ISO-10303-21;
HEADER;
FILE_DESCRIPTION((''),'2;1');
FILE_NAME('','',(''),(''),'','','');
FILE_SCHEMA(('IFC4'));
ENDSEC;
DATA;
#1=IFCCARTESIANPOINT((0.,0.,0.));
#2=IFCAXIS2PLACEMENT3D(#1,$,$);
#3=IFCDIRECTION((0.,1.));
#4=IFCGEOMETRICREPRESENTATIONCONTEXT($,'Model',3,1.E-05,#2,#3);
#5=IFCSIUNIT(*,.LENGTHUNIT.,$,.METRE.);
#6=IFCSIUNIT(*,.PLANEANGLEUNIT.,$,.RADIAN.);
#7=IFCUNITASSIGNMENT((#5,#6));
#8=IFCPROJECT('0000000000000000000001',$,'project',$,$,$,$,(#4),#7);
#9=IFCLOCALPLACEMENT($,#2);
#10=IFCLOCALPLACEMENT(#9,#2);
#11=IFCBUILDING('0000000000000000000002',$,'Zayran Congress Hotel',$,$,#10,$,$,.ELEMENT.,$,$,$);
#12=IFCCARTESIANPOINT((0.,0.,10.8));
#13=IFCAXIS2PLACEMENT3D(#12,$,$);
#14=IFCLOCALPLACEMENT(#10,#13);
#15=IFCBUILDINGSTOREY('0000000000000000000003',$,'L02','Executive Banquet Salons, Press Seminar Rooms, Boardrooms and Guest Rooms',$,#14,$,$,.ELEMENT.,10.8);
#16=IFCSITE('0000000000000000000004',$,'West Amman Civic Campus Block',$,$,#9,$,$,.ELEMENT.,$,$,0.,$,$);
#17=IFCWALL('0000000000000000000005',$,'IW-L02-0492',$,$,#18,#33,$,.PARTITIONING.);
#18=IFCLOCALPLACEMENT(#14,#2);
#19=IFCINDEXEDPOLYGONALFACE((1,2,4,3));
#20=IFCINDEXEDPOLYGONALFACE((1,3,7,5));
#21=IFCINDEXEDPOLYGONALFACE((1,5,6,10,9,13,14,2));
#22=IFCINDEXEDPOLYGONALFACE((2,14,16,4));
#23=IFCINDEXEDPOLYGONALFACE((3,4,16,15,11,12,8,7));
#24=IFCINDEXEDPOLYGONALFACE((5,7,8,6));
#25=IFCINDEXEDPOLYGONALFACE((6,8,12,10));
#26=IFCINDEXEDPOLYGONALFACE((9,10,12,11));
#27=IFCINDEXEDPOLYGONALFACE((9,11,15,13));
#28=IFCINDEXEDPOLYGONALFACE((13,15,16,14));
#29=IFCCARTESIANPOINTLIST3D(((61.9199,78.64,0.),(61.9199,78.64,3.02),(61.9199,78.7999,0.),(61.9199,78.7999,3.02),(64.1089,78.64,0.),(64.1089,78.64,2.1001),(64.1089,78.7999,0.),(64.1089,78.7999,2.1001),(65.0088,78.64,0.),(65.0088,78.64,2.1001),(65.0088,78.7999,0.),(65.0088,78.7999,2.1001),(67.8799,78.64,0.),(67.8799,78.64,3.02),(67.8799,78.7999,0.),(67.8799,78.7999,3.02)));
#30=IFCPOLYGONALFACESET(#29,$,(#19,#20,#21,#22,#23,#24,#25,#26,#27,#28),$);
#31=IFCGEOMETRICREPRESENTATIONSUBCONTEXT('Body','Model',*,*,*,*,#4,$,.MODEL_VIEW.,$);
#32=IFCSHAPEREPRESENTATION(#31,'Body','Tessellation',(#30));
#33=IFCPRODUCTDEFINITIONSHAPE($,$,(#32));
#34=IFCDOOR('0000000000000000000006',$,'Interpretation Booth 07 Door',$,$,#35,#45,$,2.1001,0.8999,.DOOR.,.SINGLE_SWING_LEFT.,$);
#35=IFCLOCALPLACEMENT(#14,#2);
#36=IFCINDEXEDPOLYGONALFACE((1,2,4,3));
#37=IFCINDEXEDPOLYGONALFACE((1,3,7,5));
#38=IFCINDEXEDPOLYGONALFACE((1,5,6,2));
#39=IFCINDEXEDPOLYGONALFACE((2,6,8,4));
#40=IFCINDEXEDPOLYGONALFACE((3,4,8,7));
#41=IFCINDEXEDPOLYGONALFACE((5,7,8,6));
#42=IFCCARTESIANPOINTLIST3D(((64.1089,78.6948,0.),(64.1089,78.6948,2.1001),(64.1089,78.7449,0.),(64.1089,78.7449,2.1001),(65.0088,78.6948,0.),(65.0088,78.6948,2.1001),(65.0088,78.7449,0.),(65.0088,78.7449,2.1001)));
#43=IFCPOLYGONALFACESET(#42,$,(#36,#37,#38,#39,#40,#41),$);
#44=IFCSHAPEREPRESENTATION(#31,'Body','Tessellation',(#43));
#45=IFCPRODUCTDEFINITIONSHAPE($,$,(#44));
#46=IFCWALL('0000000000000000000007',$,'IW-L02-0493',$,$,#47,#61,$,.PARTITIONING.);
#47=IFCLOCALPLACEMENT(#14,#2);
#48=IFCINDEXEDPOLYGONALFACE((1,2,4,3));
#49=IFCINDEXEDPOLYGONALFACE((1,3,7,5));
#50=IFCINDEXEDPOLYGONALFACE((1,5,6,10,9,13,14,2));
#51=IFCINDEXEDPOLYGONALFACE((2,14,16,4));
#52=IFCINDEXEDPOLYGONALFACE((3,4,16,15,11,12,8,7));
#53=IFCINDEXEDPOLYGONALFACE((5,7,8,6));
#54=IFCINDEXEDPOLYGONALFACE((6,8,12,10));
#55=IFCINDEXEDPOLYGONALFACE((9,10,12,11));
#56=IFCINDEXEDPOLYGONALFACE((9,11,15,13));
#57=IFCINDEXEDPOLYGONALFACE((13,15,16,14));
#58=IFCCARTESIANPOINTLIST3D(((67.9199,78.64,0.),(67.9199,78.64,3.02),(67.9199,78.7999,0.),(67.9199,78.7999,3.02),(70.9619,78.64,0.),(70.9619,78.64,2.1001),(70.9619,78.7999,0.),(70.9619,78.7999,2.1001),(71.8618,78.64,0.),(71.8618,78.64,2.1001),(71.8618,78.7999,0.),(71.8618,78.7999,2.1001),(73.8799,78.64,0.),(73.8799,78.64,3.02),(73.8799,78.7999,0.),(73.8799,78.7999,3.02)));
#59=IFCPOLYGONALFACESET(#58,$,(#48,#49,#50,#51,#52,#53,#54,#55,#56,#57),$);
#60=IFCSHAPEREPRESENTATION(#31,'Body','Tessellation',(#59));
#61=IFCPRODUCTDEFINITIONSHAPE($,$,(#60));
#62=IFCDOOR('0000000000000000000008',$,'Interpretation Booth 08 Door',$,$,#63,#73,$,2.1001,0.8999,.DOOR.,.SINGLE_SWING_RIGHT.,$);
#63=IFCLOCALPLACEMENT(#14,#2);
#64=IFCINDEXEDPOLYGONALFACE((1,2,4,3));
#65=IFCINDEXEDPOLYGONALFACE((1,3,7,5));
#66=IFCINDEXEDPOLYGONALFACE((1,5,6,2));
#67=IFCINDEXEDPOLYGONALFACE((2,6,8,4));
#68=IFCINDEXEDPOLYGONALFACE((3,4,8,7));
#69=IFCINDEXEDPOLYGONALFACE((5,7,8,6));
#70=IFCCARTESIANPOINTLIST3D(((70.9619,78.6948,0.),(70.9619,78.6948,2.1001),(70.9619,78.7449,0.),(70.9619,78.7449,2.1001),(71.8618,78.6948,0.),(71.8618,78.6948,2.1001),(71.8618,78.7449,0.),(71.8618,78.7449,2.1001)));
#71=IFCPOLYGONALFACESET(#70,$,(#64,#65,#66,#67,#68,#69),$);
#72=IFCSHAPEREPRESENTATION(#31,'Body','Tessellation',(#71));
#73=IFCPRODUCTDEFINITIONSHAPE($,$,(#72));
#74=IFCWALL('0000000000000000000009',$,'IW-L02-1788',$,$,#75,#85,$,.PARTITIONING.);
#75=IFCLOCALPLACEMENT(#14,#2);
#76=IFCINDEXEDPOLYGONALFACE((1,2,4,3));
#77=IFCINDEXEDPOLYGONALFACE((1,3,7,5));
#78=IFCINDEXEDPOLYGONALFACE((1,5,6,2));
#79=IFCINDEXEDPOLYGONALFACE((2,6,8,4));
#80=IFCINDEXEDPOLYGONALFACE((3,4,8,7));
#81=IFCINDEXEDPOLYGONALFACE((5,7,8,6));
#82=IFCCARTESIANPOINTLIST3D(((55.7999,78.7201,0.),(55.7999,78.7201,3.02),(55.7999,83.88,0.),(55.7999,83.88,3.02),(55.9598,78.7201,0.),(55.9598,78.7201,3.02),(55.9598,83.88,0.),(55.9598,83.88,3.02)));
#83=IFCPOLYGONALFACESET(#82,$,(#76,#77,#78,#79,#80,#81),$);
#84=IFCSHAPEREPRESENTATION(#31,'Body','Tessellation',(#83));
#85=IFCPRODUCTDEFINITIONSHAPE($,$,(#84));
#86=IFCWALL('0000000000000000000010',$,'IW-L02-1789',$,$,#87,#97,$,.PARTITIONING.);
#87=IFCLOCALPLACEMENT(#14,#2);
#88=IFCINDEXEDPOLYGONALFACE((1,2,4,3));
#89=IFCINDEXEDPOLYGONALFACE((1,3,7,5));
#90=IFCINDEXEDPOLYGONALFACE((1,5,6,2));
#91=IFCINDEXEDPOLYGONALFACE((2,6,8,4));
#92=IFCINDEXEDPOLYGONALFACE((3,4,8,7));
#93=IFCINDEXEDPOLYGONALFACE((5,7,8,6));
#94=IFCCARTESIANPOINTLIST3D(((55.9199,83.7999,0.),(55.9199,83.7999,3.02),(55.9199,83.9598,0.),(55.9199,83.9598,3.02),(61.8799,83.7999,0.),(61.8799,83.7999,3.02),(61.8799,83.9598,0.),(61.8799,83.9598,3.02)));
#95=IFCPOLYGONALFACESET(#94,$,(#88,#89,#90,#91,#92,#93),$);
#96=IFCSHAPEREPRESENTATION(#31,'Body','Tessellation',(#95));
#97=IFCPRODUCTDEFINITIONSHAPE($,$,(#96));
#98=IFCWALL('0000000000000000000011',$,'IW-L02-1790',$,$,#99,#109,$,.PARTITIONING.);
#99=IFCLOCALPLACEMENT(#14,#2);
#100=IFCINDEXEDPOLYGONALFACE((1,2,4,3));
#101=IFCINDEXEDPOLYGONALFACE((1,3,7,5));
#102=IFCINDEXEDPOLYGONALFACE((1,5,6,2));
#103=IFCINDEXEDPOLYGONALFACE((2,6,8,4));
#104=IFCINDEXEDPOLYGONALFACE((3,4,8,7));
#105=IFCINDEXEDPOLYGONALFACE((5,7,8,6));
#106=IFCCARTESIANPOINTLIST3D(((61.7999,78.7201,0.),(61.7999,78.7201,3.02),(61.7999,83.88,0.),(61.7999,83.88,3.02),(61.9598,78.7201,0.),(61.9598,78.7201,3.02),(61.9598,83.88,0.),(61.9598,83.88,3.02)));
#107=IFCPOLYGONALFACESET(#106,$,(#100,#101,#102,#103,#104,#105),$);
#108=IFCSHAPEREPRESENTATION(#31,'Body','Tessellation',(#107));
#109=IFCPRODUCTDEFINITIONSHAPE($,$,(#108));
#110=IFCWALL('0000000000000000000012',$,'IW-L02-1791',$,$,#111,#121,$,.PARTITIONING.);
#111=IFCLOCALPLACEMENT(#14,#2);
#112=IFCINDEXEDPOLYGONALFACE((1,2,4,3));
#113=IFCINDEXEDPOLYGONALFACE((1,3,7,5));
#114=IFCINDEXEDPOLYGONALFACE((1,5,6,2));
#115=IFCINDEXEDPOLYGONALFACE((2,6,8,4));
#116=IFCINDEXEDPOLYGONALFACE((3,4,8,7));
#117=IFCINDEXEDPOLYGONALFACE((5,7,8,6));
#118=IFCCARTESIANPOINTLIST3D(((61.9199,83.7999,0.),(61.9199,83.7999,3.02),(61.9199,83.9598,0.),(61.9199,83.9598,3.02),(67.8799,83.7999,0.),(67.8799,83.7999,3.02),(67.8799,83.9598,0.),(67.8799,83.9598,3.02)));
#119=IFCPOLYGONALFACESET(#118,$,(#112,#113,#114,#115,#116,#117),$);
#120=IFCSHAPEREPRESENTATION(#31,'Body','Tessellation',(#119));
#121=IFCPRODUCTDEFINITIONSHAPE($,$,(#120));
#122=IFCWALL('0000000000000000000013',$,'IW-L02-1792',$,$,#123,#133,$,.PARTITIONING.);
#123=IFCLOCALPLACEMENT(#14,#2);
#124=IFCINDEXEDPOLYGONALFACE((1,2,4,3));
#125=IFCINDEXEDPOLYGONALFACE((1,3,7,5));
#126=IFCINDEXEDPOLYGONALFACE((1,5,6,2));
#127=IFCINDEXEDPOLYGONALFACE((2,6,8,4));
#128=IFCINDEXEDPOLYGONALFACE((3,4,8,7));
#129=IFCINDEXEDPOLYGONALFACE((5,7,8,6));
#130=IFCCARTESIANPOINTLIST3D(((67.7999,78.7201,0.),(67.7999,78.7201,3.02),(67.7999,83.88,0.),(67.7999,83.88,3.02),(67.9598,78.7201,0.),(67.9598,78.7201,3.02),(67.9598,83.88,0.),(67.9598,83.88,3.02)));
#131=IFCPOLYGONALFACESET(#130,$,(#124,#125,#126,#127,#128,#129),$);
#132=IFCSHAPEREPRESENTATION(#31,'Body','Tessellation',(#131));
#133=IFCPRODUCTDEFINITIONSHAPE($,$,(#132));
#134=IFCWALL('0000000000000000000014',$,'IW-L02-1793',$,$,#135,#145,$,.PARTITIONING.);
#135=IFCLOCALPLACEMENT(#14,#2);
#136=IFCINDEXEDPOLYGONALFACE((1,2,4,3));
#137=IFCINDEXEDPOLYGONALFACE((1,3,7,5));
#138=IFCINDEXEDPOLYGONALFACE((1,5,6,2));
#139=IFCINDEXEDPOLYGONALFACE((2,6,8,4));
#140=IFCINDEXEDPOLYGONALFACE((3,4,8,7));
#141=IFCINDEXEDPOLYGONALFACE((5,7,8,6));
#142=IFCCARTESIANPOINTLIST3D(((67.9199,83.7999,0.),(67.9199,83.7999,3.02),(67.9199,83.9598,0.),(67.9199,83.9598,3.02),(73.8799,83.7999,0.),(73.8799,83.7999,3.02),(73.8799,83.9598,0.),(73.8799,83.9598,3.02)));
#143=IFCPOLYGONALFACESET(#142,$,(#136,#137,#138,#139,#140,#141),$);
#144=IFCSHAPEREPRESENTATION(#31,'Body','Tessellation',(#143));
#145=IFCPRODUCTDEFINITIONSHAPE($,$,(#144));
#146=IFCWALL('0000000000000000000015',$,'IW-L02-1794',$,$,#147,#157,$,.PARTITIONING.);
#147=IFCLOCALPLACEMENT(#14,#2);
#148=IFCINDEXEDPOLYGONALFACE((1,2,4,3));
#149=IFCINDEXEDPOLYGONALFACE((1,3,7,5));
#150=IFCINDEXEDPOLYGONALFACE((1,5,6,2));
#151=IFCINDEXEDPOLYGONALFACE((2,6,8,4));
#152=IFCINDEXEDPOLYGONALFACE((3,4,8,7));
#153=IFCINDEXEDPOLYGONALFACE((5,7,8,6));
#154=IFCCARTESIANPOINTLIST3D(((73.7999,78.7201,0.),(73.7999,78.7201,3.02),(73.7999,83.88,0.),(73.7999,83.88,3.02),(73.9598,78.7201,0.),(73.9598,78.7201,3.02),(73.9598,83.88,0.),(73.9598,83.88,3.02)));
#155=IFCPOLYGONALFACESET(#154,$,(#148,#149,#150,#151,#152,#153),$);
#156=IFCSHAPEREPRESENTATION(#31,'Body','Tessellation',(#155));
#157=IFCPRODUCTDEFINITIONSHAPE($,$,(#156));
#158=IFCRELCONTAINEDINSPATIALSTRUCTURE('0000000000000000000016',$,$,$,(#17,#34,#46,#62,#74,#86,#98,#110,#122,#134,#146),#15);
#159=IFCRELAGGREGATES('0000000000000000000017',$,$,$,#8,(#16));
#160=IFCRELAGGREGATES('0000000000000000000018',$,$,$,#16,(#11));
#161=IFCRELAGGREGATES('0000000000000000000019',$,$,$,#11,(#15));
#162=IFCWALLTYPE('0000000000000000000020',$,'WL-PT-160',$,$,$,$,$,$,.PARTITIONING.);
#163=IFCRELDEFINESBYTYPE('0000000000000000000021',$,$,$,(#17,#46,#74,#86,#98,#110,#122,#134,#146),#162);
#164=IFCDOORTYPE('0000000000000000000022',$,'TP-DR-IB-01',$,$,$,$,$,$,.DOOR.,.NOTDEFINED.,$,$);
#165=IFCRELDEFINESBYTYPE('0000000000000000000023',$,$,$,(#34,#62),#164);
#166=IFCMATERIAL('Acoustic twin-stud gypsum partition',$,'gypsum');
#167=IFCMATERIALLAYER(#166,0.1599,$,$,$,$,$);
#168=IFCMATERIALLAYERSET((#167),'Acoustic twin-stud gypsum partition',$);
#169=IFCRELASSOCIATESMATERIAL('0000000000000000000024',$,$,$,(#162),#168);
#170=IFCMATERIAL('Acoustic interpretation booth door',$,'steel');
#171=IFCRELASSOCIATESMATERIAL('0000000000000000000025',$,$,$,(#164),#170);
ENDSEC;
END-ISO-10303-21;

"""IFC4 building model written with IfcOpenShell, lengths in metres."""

from ifc_helpers import new_model, si_unit, direction, frame, frame_2d, origin, place, context, subcontext, project, spatial, rectangle, extrude, material, layer, layer_set, type_object, element, fill, save


model = new_model("IFC4")

# Units and contexts
model_context = context("Model", 3, precision=1e-05, world=origin(), true_north=direction((0.0, 1.0)))
body_context = subcontext(model_context, "Body", "Model", "MODEL_VIEW")
ifc_project = project(units=[si_unit("LENGTHUNIT", "METRE"), si_unit("PLANEANGLEUNIT", "RADIAN")], contexts=[model_context])

# Site, building, storey
site_placement = place(None, origin())
site = spatial("IfcSite", under=ifc_project, at=site_placement, Name="West Amman Civic Campus Block", CompositionType="ELEMENT", RefElevation=0.0)
building_placement = place(site_placement, origin())
building = spatial("IfcBuilding", under=site, at=building_placement, Name="Zayran Congress Hotel", CompositionType="ELEMENT")
storey_placement = place(building_placement, frame((0.0, 0.0, 10.8)))
storey = spatial("IfcBuildingStorey", under=building, at=storey_placement, Name="L02", Description="Executive Banquet Salons, Press Seminar Rooms, Boardrooms and Guest Rooms", CompositionType="ELEMENT", Elevation=10.8)

# Walls, openings, doors
ifc_material_1 = material(Name="Acoustic twin-stud gypsum partition", Category="gypsum")
ifc_layer = layer(ifc_material_1, 0.1599)
ifc_layer_set = layer_set([ifc_layer], Name="Acoustic twin-stud gypsum partition")
wall_type = type_object("IfcWallType", Name="WL-PT-160", PredefinedType="PARTITIONING", material=ifc_layer_set)
ifc_material_2 = material(Name="Acoustic interpretation booth door", Category="steel")
door_type = type_object("IfcDoorType", Name="TP-DR-IB-01", OperationType="NOTDEFINED", PredefinedType="DOOR", material=ifc_material_2)
wall_1_placement = place(storey_placement, frame((61.9199, 78.72, 0.0), z_axis=(0.0, 0.0, 1.0), x_axis=(1.0, 0.0, 0.0)))
wall_1 = element("IfcWall", 1, at=wall_1_placement, inside=storey, type_object=wall_type, Name="IW-L02-0492", PredefinedType="PARTITIONING", context=body_context, shape_type="SweptSolid", body=[
    extrude(rectangle(XDim=5.96, YDim=0.1599, at=frame_2d((2.98, 0.0))), origin(), (0.0, 0.0, 1.0), 3.02),
])
opening_1_placement = place(wall_1_placement, frame((2.189, 0.0, 0.0)))
opening_1 = element("IfcOpeningElement", 2, at=opening_1_placement, cuts=wall_1, PredefinedType="OPENING", context=body_context, shape_type="SweptSolid", body=[
    extrude(rectangle(XDim=0.8999, YDim=2.1001, at=frame_2d((0.45, 1.05))), frame((0.0, 0.0898, 0.0), z_axis=(0.0, -1.0, 0.0), x_axis=(1.0, 0.0, 0.0)), (0.0, 0.0, 1.0), 0.1799),
])
door_1_placement = place(opening_1_placement, origin())
door_1 = element("IfcDoor", 3, at=door_1_placement, inside=storey, type_object=door_type, Name="Interpretation Booth 07 Door", OperationType="SINGLE_SWING_LEFT", OverallHeight=2.1001, OverallWidth=0.8999, PredefinedType="DOOR", context=body_context, shape_type="SweptSolid", body=[
    extrude(rectangle(XDim=0.8999, YDim=2.1001, at=frame_2d((0.45, 1.05))), frame((0.0, 0.0249, 0.0), z_axis=(0.0, -1.0, 0.0), x_axis=(1.0, 0.0, 0.0)), (0.0, 0.0, 1.0), 0.05),
])
fill(opening_1, door_1)
wall_2_placement = place(storey_placement, frame((67.9199, 78.72, 0.0), z_axis=(0.0, 0.0, 1.0), x_axis=(1.0, 0.0, 0.0)))
wall_2 = element("IfcWall", 4, at=wall_2_placement, inside=storey, type_object=wall_type, Name="IW-L02-0493", PredefinedType="PARTITIONING", context=body_context, shape_type="SweptSolid", body=[
    extrude(rectangle(XDim=5.96, YDim=0.1599, at=frame_2d((2.98, 0.0))), origin(), (0.0, 0.0, 1.0), 3.02),
])
opening_2_placement = place(wall_2_placement, frame((3.042, 0.0, 0.0)))
opening_2 = element("IfcOpeningElement", 5, at=opening_2_placement, cuts=wall_2, PredefinedType="OPENING", context=body_context, shape_type="SweptSolid", body=[
    extrude(rectangle(XDim=0.8999, YDim=2.1001, at=frame_2d((0.45, 1.05))), frame((0.0, 0.0898, 0.0), z_axis=(0.0, -1.0, 0.0), x_axis=(1.0, 0.0, 0.0)), (0.0, 0.0, 1.0), 0.1799),
])
door_2_placement = place(opening_2_placement, origin())
door_2 = element("IfcDoor", 6, at=door_2_placement, inside=storey, type_object=door_type, Name="Interpretation Booth 08 Door", OperationType="SINGLE_SWING_RIGHT", OverallHeight=2.1001, OverallWidth=0.8999, PredefinedType="DOOR", context=body_context, shape_type="SweptSolid", body=[
    extrude(rectangle(XDim=0.8999, YDim=2.1001, at=frame_2d((0.45, 1.05))), frame((0.0, 0.0249, 0.0), z_axis=(0.0, -1.0, 0.0), x_axis=(1.0, 0.0, 0.0)), (0.0, 0.0, 1.0), 0.05),
])
fill(opening_2, door_2)

# Walls
wall_3_placement = place(storey_placement, frame((55.8799, 78.72, 0.0), z_axis=(0.0, 0.0, 1.0), x_axis=(0.0, 1.0, 0.0)))
element("IfcWall", 7, at=wall_3_placement, inside=storey, type_object=wall_type, Name="IW-L02-1788", PredefinedType="PARTITIONING", context=body_context, shape_type="SweptSolid", body=[
    extrude(rectangle(XDim=5.1599, YDim=0.1599, at=frame_2d((2.5801, 0.0))), origin(), (0.0, 0.0, 1.0), 3.02),
])
wall_4_placement = place(storey_placement, frame((55.9199, 83.8799, 0.0), z_axis=(0.0, 0.0, 1.0), x_axis=(1.0, 0.0, 0.0)))
element("IfcWall", 8, at=wall_4_placement, inside=storey, type_object=wall_type, Name="IW-L02-1789", PredefinedType="PARTITIONING", context=body_context, shape_type="SweptSolid", body=[
    extrude(rectangle(XDim=5.96, YDim=0.1599, at=frame_2d((2.98, 0.0))), origin(), (0.0, 0.0, 1.0), 3.02),
])
wall_5_placement = place(storey_placement, frame((61.8799, 78.72, 0.0), z_axis=(0.0, 0.0, 1.0), x_axis=(0.0, 1.0, 0.0)))
element("IfcWall", 9, at=wall_5_placement, inside=storey, type_object=wall_type, Name="IW-L02-1790", PredefinedType="PARTITIONING", context=body_context, shape_type="SweptSolid", body=[
    extrude(rectangle(XDim=5.1599, YDim=0.1599, at=frame_2d((2.5801, 0.0))), origin(), (0.0, 0.0, 1.0), 3.02),
])
wall_6_placement = place(storey_placement, frame((61.9199, 83.8799, 0.0), z_axis=(0.0, 0.0, 1.0), x_axis=(1.0, 0.0, 0.0)))
element("IfcWall", 10, at=wall_6_placement, inside=storey, type_object=wall_type, Name="IW-L02-1791", PredefinedType="PARTITIONING", context=body_context, shape_type="SweptSolid", body=[
    extrude(rectangle(XDim=5.96, YDim=0.1599, at=frame_2d((2.98, 0.0))), origin(), (0.0, 0.0, 1.0), 3.02),
])
wall_7_placement = place(storey_placement, frame((67.8799, 78.72, 0.0), z_axis=(0.0, 0.0, 1.0), x_axis=(0.0, 1.0, 0.0)))
element("IfcWall", 11, at=wall_7_placement, inside=storey, type_object=wall_type, Name="IW-L02-1792", PredefinedType="PARTITIONING", context=body_context, shape_type="SweptSolid", body=[
    extrude(rectangle(XDim=5.1599, YDim=0.1599, at=frame_2d((2.5801, 0.0))), origin(), (0.0, 0.0, 1.0), 3.02),
])
wall_8_placement = place(storey_placement, frame((67.9199, 83.8799, 0.0), z_axis=(0.0, 0.0, 1.0), x_axis=(1.0, 0.0, 0.0)))
element("IfcWall", 12, at=wall_8_placement, inside=storey, type_object=wall_type, Name="IW-L02-1793", PredefinedType="PARTITIONING", context=body_context, shape_type="SweptSolid", body=[
    extrude(rectangle(XDim=5.96, YDim=0.1599, at=frame_2d((2.98, 0.0))), origin(), (0.0, 0.0, 1.0), 3.02),
])
wall_9_placement = place(storey_placement, frame((73.8799, 78.72, 0.0), z_axis=(0.0, 0.0, 1.0), x_axis=(0.0, 1.0, 0.0)))
element("IfcWall", 13, at=wall_9_placement, inside=storey, type_object=wall_type, Name="IW-L02-1794", PredefinedType="PARTITIONING", context=body_context, shape_type="SweptSolid", body=[
    extrude(rectangle(XDim=5.1599, YDim=0.1599, at=frame_2d((2.5801, 0.0))), origin(), (0.0, 0.0, 1.0), 3.02),
])

save(model, "model.ifc")
